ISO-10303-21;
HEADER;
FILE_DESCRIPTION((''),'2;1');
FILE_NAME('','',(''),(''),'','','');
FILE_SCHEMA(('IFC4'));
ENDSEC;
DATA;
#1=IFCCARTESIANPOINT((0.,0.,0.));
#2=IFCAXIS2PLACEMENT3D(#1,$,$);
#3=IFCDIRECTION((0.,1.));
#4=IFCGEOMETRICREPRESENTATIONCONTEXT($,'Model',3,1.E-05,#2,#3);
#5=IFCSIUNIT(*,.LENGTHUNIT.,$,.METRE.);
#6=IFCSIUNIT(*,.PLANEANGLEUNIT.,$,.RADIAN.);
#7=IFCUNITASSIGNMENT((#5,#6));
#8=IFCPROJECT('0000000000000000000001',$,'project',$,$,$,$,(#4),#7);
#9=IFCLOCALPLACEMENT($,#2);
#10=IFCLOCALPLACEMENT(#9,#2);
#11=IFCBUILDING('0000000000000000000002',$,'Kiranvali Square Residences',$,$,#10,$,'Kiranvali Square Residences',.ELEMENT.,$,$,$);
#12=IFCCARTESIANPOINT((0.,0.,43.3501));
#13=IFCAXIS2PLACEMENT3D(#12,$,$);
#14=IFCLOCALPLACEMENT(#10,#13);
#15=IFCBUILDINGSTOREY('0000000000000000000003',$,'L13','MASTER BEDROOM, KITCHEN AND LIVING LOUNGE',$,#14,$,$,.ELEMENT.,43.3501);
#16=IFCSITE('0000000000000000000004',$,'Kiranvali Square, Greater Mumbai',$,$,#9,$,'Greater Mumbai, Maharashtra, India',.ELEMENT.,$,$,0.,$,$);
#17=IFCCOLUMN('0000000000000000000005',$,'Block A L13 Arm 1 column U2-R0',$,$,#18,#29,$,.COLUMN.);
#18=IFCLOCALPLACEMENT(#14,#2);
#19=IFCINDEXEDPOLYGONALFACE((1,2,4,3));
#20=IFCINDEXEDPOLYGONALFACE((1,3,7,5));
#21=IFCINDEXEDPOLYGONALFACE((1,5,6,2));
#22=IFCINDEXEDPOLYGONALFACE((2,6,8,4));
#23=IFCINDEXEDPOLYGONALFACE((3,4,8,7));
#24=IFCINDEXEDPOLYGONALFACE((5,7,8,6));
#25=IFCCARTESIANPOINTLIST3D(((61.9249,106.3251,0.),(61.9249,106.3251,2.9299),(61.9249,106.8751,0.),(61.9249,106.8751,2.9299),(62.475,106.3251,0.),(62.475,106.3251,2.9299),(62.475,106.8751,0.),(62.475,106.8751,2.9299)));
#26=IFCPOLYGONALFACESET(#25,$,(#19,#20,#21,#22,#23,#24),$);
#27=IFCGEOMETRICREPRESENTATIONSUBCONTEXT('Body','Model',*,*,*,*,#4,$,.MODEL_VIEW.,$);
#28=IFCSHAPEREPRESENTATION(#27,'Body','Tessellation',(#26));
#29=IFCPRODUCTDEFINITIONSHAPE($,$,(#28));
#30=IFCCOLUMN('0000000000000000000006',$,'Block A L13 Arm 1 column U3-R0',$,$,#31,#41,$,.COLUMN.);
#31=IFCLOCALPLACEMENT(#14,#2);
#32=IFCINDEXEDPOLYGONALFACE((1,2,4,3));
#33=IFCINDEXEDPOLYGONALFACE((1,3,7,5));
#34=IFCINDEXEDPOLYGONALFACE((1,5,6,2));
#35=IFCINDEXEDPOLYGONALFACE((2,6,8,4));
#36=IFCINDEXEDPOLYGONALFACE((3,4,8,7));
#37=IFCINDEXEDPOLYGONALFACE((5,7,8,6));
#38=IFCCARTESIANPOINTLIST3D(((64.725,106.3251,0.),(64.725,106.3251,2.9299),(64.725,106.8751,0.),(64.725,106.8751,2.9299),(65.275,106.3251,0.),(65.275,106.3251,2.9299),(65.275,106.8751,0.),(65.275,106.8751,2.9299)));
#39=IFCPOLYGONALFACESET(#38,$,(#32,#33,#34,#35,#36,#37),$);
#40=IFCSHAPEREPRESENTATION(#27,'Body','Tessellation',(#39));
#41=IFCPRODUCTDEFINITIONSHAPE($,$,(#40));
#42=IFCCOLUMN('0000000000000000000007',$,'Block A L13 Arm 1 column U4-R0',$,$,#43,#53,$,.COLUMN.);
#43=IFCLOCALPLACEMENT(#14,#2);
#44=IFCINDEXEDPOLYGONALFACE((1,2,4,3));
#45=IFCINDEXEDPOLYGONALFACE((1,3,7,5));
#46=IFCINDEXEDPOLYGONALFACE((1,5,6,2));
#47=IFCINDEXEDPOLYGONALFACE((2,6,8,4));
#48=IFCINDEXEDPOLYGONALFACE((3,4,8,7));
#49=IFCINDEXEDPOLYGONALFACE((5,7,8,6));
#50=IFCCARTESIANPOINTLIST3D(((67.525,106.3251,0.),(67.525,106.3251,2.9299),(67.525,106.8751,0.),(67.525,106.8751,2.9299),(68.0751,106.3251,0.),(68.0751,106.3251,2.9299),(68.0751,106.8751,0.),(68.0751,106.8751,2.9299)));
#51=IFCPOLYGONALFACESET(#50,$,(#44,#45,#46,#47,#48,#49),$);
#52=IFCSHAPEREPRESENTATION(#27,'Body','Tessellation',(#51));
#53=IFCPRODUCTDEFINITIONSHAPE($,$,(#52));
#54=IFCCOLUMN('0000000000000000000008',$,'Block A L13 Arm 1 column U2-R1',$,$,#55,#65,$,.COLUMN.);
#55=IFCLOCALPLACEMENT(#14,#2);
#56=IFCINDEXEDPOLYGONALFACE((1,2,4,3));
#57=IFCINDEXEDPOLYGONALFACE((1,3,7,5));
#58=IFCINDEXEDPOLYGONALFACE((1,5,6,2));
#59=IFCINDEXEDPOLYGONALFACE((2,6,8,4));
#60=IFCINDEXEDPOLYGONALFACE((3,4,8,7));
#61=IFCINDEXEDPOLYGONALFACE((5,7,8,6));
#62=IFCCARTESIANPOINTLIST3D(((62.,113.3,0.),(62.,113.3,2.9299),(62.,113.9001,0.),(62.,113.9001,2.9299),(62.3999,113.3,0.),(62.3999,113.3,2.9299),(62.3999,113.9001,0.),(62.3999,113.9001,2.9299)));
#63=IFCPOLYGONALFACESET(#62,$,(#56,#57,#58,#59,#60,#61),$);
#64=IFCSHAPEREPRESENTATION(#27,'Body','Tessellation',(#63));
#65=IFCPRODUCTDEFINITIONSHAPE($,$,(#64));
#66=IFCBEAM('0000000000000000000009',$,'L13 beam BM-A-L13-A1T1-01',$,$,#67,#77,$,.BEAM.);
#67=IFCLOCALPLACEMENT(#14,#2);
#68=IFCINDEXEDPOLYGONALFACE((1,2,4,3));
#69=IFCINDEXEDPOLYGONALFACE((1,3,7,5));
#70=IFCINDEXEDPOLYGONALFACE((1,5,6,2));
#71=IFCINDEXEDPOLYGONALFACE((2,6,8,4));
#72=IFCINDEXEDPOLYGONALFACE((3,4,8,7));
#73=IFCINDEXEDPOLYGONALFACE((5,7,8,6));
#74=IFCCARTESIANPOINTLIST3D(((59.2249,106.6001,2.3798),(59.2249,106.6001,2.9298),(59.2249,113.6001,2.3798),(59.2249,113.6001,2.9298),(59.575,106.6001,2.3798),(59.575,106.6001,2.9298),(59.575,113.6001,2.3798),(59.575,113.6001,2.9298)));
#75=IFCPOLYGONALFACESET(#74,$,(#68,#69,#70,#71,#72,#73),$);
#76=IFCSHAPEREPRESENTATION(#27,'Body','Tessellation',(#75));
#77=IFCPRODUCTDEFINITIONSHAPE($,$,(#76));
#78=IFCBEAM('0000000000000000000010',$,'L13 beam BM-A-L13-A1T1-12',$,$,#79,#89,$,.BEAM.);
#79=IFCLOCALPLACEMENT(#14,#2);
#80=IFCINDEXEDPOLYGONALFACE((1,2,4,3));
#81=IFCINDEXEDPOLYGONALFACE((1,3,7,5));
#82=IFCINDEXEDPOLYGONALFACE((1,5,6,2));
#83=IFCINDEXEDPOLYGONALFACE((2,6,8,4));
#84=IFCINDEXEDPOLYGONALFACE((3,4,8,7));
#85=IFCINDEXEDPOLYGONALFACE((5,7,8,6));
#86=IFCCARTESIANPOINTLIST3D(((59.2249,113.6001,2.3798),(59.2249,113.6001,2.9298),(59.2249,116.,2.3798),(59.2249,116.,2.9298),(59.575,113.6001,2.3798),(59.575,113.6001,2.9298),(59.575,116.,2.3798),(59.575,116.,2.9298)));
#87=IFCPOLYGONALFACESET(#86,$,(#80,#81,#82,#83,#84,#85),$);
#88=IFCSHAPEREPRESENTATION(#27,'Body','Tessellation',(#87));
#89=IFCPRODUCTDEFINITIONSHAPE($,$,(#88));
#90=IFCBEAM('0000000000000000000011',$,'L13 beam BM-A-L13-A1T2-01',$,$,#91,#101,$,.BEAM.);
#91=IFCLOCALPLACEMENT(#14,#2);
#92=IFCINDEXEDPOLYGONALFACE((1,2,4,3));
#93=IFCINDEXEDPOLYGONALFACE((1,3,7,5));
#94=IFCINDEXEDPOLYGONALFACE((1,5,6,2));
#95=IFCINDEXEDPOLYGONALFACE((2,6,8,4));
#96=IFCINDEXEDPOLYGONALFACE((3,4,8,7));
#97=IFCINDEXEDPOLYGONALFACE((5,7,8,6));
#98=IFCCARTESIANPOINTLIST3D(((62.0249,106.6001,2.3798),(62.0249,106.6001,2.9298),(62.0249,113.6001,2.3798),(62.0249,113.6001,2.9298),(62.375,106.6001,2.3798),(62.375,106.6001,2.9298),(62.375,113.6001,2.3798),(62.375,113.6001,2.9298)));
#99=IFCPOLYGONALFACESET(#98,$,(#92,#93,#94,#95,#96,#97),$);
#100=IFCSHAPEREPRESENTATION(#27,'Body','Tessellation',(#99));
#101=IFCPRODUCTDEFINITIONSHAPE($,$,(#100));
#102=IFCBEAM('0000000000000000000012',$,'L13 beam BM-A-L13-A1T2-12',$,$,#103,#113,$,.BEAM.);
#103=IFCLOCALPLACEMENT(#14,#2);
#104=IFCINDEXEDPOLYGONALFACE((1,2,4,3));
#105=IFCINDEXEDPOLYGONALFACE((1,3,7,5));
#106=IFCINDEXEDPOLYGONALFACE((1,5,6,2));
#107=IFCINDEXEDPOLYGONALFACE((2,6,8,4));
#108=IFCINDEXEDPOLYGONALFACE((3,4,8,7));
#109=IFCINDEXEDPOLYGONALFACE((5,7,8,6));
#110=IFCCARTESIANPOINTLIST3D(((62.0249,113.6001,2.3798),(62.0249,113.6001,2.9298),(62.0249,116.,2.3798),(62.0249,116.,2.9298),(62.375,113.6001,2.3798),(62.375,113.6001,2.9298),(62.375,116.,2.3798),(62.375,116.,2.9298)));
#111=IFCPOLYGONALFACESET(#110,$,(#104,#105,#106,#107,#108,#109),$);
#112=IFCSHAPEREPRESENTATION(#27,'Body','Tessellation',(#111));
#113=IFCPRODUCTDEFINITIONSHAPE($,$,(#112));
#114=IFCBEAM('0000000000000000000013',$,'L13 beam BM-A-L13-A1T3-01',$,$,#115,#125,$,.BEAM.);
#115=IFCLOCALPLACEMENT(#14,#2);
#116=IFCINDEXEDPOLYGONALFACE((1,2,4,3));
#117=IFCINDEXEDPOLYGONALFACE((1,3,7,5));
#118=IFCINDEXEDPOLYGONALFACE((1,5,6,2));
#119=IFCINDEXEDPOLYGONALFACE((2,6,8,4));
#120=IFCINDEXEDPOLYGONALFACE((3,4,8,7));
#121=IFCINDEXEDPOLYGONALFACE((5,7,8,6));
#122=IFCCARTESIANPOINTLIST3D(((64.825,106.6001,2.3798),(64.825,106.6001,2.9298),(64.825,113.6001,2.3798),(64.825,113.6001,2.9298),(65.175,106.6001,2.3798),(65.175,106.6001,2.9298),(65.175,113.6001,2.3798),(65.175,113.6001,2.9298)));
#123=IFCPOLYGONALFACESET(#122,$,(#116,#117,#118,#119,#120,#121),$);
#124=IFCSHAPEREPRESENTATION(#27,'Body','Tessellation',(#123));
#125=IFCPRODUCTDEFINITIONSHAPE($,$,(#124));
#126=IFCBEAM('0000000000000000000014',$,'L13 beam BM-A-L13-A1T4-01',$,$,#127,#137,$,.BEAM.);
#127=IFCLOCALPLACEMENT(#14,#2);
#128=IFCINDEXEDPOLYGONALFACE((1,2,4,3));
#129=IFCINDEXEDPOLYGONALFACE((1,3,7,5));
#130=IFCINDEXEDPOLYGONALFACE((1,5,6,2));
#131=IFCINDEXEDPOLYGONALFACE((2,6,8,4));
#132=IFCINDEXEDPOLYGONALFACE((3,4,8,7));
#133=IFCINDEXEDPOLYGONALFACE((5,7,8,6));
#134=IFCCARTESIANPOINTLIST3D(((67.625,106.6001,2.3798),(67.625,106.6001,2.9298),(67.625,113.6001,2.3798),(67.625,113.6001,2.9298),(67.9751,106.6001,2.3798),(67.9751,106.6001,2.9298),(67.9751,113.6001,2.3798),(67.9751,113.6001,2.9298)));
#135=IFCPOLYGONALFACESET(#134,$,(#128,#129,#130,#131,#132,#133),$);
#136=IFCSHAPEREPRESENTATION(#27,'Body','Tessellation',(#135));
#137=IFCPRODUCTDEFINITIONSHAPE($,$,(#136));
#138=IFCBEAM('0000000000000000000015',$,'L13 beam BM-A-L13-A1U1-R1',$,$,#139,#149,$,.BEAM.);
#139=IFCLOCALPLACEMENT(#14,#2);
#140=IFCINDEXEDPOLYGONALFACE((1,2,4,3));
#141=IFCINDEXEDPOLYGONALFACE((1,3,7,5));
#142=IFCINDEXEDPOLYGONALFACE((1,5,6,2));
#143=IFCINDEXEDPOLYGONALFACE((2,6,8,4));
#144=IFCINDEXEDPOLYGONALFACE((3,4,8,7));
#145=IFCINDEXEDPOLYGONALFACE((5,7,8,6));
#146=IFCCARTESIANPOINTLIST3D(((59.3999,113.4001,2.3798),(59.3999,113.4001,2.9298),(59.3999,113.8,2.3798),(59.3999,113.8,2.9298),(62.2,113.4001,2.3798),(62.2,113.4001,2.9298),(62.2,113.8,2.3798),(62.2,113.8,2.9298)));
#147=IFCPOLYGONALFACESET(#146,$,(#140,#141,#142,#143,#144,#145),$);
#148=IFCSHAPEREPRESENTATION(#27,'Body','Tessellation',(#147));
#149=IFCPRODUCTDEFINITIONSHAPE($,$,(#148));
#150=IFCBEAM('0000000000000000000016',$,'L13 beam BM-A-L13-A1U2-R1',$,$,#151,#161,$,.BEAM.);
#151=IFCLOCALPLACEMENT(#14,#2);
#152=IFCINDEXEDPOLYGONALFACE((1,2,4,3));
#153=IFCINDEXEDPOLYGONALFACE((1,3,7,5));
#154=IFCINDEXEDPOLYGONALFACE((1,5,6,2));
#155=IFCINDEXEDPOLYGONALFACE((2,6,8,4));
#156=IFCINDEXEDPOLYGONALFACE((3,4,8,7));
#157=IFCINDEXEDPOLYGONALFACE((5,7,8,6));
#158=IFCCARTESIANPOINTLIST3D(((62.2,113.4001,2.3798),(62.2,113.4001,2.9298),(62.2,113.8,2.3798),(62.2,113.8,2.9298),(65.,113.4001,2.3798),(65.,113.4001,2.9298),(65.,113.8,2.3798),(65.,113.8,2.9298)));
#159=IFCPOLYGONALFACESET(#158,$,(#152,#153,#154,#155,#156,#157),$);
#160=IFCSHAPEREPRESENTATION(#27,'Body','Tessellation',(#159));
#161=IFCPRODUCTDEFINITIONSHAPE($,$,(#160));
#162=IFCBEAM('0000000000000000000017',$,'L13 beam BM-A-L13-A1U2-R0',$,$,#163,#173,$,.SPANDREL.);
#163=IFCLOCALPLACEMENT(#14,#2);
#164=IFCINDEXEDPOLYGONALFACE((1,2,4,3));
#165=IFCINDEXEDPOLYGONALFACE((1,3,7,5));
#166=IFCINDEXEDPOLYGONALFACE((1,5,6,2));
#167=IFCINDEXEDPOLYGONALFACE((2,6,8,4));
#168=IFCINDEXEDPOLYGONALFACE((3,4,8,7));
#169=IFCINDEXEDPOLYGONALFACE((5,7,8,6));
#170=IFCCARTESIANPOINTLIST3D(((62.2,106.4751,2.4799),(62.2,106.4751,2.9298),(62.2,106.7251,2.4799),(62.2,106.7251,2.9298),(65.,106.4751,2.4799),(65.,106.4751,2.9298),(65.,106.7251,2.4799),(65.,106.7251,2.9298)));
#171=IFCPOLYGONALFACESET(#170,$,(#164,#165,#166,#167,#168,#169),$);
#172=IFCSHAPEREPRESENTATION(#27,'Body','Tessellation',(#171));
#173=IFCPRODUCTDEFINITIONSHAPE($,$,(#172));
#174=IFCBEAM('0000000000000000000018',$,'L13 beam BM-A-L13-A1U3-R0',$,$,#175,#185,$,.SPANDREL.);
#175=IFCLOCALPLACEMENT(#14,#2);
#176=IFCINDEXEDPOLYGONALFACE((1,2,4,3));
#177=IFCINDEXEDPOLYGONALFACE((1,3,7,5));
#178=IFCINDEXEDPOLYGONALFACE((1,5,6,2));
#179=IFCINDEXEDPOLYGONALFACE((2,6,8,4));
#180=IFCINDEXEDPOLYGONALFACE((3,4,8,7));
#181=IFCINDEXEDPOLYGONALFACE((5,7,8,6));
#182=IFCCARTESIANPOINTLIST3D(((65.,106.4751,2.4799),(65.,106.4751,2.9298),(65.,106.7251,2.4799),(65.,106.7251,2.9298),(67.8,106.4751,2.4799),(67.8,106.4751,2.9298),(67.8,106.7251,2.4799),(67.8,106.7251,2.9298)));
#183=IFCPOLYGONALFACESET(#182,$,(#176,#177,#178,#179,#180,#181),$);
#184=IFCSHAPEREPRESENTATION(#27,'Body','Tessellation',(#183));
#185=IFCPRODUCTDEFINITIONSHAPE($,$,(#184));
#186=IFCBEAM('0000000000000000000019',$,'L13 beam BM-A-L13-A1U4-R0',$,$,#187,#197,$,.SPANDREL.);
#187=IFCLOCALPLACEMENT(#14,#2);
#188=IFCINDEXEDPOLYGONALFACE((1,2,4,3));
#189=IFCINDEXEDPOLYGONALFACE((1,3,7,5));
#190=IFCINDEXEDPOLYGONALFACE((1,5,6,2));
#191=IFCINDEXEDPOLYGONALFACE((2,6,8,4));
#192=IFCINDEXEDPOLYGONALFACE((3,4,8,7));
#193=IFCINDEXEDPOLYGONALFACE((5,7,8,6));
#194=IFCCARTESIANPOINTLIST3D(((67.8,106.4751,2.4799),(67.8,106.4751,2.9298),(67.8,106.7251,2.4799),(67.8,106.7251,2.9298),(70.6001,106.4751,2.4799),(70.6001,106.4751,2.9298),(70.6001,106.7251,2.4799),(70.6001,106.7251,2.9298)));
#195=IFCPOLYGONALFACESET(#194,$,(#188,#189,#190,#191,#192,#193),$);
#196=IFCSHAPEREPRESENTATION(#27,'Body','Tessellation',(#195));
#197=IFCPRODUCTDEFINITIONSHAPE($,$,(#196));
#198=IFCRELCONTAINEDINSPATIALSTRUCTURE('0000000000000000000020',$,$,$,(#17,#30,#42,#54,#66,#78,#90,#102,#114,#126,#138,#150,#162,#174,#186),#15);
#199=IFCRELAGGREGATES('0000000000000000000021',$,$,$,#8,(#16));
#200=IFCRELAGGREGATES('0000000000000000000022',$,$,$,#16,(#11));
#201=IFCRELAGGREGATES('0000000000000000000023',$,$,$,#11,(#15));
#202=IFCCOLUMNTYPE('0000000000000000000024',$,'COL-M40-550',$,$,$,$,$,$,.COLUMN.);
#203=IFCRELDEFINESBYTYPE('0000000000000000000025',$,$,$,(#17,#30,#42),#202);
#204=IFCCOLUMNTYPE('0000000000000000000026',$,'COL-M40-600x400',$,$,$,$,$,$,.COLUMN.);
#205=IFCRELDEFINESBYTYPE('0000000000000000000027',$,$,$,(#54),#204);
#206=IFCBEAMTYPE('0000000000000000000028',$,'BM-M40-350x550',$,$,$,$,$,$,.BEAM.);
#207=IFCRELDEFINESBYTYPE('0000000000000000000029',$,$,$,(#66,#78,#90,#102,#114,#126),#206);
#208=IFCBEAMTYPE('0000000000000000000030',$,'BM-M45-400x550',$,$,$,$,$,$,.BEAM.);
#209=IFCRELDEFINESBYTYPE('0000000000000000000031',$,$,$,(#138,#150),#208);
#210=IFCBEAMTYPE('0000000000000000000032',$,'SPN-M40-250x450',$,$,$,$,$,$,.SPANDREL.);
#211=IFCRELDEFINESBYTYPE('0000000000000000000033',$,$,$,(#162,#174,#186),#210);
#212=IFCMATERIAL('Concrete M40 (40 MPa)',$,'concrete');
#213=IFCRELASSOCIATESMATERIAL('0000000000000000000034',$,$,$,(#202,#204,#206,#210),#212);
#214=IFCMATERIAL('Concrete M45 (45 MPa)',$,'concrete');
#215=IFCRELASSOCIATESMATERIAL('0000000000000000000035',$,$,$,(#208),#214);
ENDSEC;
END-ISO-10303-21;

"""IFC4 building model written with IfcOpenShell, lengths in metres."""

from ifc_helpers import new_model, si_unit, direction, frame, origin, origin_2d, place, context, subcontext, project, spatial, rectangle, extrude, material, material_profile, profile_set, type_object, element, save


model = new_model("IFC4")

# Units and contexts
model_context = context("Model", 3, precision=1e-05, world=origin(), true_north=direction((0.0, 1.0)))
body_context = subcontext(model_context, "Body", "Model", "MODEL_VIEW")
ifc_project = project(units=[si_unit("LENGTHUNIT", "METRE"), si_unit("PLANEANGLEUNIT", "RADIAN")], contexts=[model_context])

# Site, building, storey
site_placement = place(None, origin())
site = spatial("IfcSite", under=ifc_project, at=site_placement, Name="Kiranvali Square, Greater Mumbai", LongName="Greater Mumbai, Maharashtra, India", CompositionType="ELEMENT", RefElevation=0.0)
building_placement = place(site_placement, origin())
building = spatial("IfcBuilding", under=site, at=building_placement, Name="Kiranvali Square Residences", LongName="Kiranvali Square Residences", CompositionType="ELEMENT")
storey_placement = place(building_placement, frame((0.0, 0.0, 43.3501)))
storey = spatial("IfcBuildingStorey", under=building, at=storey_placement, Name="L13", Description="MASTER BEDROOM, KITCHEN AND LIVING LOUNGE", CompositionType="ELEMENT", Elevation=43.3501)

# Columns
ifc_material_1 = material(Name="Concrete M40 (40 MPa)", Category="concrete")
ifc_material_profile_1 = material_profile(ifc_material_1, rectangle(XDim=0.55, YDim=0.55, at=origin_2d()), Name="RC 550x550")
ifc_profile_set_1 = profile_set([ifc_material_profile_1], Name="Concrete M40 (40 MPa)")
column_type_1 = type_object("IfcColumnType", Name="COL-M40-550", PredefinedType="COLUMN", material=ifc_profile_set_1)
for number, where, z_axis, x_axis, name in (
    (1, (62.2, 106.6001, 0.0), (0.0, 0.0, 1.0), (1.0, 0.0, 0.0), "Block A L13 Arm 1 column U2-R0"),
    (2, (65.0, 106.6001, 0.0), (0.0, 0.0, 1.0), (1.0, 0.0, 0.0), "Block A L13 Arm 1 column U3-R0"),
    (3, (67.8, 106.6001, 0.0), (0.0, 0.0, 1.0), (1.0, 0.0, 0.0), "Block A L13 Arm 1 column U4-R0"),
):
    element("IfcColumn", number, at=place(storey_placement, frame(where, z_axis=z_axis, x_axis=x_axis)), inside=storey, type_object=column_type_1, Name=name, PredefinedType="COLUMN", context=body_context, shape_type="SweptSolid", body=[
        extrude(rectangle(XDim=0.55, YDim=0.55, at=origin_2d()), origin(), (0.0, 0.0, 1.0), 2.9299),
    ])
ifc_material_profile_2 = material_profile(ifc_material_1, rectangle(XDim=0.3999, YDim=0.6001, at=origin_2d()), Name="RC 600x400")
ifc_profile_set_2 = profile_set([ifc_material_profile_2], Name="Concrete M40 (40 MPa)")
column_type_2 = type_object("IfcColumnType", Name="COL-M40-600x400", PredefinedType="COLUMN", material=ifc_profile_set_2)
column_placement = place(storey_placement, frame((62.2, 113.6001, 0.0), z_axis=(0.0, 0.0, 1.0), x_axis=(1.0, 0.0, 0.0)))
element("IfcColumn", 4, at=column_placement, inside=storey, type_object=column_type_2, Name="Block A L13 Arm 1 column U2-R1", PredefinedType="COLUMN", context=body_context, shape_type="SweptSolid", body=[
    extrude(rectangle(XDim=0.3999, YDim=0.6001, at=origin_2d()), origin(), (0.0, 0.0, 1.0), 2.9299),
])

# Beams
ifc_material_profile_3 = material_profile(ifc_material_1, rectangle(XDim=0.3501, YDim=0.55, at=origin_2d()), Name="RC 350x550")
ifc_profile_set_3 = profile_set([ifc_material_profile_3], Name="Concrete M40 (40 MPa)")
beam_type_1 = type_object("IfcBeamType", Name="BM-M40-350x550", PredefinedType="BEAM", material=ifc_profile_set_3)
beam_1_placement = place(storey_placement, frame((59.3999, 106.6001, 2.6548), z_axis=(0.0, 1.0, 0.0), x_axis=(-1.0, 0.0, 0.0)))
element("IfcBeam", 5, at=beam_1_placement, inside=storey, type_object=beam_type_1, Name="L13 beam BM-A-L13-A1T1-01", PredefinedType="BEAM", context=body_context, shape_type="SweptSolid", body=[
    extrude(rectangle(XDim=0.3501, YDim=0.55, at=origin_2d()), origin(), (0.0, 0.0, 1.0), 7.0),
])
beam_2_placement = place(storey_placement, frame((59.3999, 113.6001, 2.6548), z_axis=(0.0, 1.0, 0.0), x_axis=(-1.0, 0.0, 0.0)))
element("IfcBeam", 6, at=beam_2_placement, inside=storey, type_object=beam_type_1, Name="L13 beam BM-A-L13-A1T1-12", PredefinedType="BEAM", context=body_context, shape_type="SweptSolid", body=[
    extrude(rectangle(XDim=0.3501, YDim=0.55, at=origin_2d()), origin(), (0.0, 0.0, 1.0), 2.3999),
])
beam_3_placement = place(storey_placement, frame((62.2, 106.6001, 2.6548), z_axis=(0.0, 1.0, 0.0), x_axis=(-1.0, 0.0, 0.0)))
element("IfcBeam", 7, at=beam_3_placement, inside=storey, type_object=beam_type_1, Name="L13 beam BM-A-L13-A1T2-01", PredefinedType="BEAM", context=body_context, shape_type="SweptSolid", body=[
    extrude(rectangle(XDim=0.3501, YDim=0.55, at=origin_2d()), origin(), (0.0, 0.0, 1.0), 7.0),
])
beam_4_placement = place(storey_placement, frame((62.2, 113.6001, 2.6548), z_axis=(0.0, 1.0, 0.0), x_axis=(-1.0, 0.0, 0.0)))
element("IfcBeam", 8, at=beam_4_placement, inside=storey, type_object=beam_type_1, Name="L13 beam BM-A-L13-A1T2-12", PredefinedType="BEAM", context=body_context, shape_type="SweptSolid", body=[
    extrude(rectangle(XDim=0.3501, YDim=0.55, at=origin_2d()), origin(), (0.0, 0.0, 1.0), 2.3999),
])
for number, where, z_axis, x_axis, name in (
    (9, (65.0, 106.6001, 2.6548), (0.0, 1.0, 0.0), (-1.0, 0.0, 0.0), "L13 beam BM-A-L13-A1T3-01"),
    (10, (67.8, 106.6001, 2.6548), (0.0, 1.0, 0.0), (-1.0, 0.0, 0.0), "L13 beam BM-A-L13-A1T4-01"),
):
    element("IfcBeam", number, at=place(storey_placement, frame(where, z_axis=z_axis, x_axis=x_axis)), inside=storey, type_object=beam_type_1, Name=name, PredefinedType="BEAM", context=body_context, shape_type="SweptSolid", body=[
        extrude(rectangle(XDim=0.3501, YDim=0.55, at=origin_2d()), origin(), (0.0, 0.0, 1.0), 7.0),
    ])
ifc_material_2 = material(Name="Concrete M45 (45 MPa)", Category="concrete")
ifc_material_profile_4 = material_profile(ifc_material_2, rectangle(XDim=0.3999, YDim=0.55, at=origin_2d()), Name="RC 400x550")
ifc_profile_set_4 = profile_set([ifc_material_profile_4], Name="Concrete M45 (45 MPa)")
beam_type_2 = type_object("IfcBeamType", Name="BM-M45-400x550", PredefinedType="BEAM", material=ifc_profile_set_4)
for number, where, z_axis, x_axis, name in (
    (11, (59.3999, 113.6001, 2.6548), (1.0, 0.0, 0.0), (0.0, 1.0, 0.0), "L13 beam BM-A-L13-A1U1-R1"),
    (12, (62.2, 113.6001, 2.6548), (1.0, 0.0, 0.0), (0.0, 1.0, 0.0), "L13 beam BM-A-L13-A1U2-R1"),
):
    element("IfcBeam", number, at=place(storey_placement, frame(where, z_axis=z_axis, x_axis=x_axis)), inside=storey, type_object=beam_type_2, Name=name, PredefinedType="BEAM", context=body_context, shape_type="SweptSolid", body=[
        extrude(rectangle(XDim=0.3999, YDim=0.55, at=origin_2d()), origin(), (0.0, 0.0, 1.0), 2.8),
    ])
ifc_material_profile_5 = material_profile(ifc_material_1, rectangle(XDim=0.25, YDim=0.45, at=origin_2d()), Name="RC 250x450")
ifc_profile_set_5 = profile_set([ifc_material_profile_5], Name="Concrete M40 (40 MPa)")
beam_type_3 = type_object("IfcBeamType", Name="SPN-M40-250x450", PredefinedType="SPANDREL", material=ifc_profile_set_5)
for number, where, z_axis, x_axis, name in (
    (13, (62.2, 106.6001, 2.7048), (1.0, 0.0, 0.0), (0.0, 1.0, 0.0), "L13 beam BM-A-L13-A1U2-R0"),
    (14, (65.0, 106.6001, 2.7048), (1.0, 0.0, 0.0), (0.0, 1.0, 0.0), "L13 beam BM-A-L13-A1U3-R0"),
    (15, (67.8, 106.6001, 2.7048), (1.0, 0.0, 0.0), (0.0, 1.0, 0.0), "L13 beam BM-A-L13-A1U4-R0"),
):
    element("IfcBeam", number, at=place(storey_placement, frame(where, z_axis=z_axis, x_axis=x_axis)), inside=storey, type_object=beam_type_3, Name=name, PredefinedType="SPANDREL", context=body_context, shape_type="SweptSolid", body=[
        extrude(rectangle(XDim=0.25, YDim=0.45, at=origin_2d()), origin(), (0.0, 0.0, 1.0), 2.8),
    ])

save(model, "model.ifc")
